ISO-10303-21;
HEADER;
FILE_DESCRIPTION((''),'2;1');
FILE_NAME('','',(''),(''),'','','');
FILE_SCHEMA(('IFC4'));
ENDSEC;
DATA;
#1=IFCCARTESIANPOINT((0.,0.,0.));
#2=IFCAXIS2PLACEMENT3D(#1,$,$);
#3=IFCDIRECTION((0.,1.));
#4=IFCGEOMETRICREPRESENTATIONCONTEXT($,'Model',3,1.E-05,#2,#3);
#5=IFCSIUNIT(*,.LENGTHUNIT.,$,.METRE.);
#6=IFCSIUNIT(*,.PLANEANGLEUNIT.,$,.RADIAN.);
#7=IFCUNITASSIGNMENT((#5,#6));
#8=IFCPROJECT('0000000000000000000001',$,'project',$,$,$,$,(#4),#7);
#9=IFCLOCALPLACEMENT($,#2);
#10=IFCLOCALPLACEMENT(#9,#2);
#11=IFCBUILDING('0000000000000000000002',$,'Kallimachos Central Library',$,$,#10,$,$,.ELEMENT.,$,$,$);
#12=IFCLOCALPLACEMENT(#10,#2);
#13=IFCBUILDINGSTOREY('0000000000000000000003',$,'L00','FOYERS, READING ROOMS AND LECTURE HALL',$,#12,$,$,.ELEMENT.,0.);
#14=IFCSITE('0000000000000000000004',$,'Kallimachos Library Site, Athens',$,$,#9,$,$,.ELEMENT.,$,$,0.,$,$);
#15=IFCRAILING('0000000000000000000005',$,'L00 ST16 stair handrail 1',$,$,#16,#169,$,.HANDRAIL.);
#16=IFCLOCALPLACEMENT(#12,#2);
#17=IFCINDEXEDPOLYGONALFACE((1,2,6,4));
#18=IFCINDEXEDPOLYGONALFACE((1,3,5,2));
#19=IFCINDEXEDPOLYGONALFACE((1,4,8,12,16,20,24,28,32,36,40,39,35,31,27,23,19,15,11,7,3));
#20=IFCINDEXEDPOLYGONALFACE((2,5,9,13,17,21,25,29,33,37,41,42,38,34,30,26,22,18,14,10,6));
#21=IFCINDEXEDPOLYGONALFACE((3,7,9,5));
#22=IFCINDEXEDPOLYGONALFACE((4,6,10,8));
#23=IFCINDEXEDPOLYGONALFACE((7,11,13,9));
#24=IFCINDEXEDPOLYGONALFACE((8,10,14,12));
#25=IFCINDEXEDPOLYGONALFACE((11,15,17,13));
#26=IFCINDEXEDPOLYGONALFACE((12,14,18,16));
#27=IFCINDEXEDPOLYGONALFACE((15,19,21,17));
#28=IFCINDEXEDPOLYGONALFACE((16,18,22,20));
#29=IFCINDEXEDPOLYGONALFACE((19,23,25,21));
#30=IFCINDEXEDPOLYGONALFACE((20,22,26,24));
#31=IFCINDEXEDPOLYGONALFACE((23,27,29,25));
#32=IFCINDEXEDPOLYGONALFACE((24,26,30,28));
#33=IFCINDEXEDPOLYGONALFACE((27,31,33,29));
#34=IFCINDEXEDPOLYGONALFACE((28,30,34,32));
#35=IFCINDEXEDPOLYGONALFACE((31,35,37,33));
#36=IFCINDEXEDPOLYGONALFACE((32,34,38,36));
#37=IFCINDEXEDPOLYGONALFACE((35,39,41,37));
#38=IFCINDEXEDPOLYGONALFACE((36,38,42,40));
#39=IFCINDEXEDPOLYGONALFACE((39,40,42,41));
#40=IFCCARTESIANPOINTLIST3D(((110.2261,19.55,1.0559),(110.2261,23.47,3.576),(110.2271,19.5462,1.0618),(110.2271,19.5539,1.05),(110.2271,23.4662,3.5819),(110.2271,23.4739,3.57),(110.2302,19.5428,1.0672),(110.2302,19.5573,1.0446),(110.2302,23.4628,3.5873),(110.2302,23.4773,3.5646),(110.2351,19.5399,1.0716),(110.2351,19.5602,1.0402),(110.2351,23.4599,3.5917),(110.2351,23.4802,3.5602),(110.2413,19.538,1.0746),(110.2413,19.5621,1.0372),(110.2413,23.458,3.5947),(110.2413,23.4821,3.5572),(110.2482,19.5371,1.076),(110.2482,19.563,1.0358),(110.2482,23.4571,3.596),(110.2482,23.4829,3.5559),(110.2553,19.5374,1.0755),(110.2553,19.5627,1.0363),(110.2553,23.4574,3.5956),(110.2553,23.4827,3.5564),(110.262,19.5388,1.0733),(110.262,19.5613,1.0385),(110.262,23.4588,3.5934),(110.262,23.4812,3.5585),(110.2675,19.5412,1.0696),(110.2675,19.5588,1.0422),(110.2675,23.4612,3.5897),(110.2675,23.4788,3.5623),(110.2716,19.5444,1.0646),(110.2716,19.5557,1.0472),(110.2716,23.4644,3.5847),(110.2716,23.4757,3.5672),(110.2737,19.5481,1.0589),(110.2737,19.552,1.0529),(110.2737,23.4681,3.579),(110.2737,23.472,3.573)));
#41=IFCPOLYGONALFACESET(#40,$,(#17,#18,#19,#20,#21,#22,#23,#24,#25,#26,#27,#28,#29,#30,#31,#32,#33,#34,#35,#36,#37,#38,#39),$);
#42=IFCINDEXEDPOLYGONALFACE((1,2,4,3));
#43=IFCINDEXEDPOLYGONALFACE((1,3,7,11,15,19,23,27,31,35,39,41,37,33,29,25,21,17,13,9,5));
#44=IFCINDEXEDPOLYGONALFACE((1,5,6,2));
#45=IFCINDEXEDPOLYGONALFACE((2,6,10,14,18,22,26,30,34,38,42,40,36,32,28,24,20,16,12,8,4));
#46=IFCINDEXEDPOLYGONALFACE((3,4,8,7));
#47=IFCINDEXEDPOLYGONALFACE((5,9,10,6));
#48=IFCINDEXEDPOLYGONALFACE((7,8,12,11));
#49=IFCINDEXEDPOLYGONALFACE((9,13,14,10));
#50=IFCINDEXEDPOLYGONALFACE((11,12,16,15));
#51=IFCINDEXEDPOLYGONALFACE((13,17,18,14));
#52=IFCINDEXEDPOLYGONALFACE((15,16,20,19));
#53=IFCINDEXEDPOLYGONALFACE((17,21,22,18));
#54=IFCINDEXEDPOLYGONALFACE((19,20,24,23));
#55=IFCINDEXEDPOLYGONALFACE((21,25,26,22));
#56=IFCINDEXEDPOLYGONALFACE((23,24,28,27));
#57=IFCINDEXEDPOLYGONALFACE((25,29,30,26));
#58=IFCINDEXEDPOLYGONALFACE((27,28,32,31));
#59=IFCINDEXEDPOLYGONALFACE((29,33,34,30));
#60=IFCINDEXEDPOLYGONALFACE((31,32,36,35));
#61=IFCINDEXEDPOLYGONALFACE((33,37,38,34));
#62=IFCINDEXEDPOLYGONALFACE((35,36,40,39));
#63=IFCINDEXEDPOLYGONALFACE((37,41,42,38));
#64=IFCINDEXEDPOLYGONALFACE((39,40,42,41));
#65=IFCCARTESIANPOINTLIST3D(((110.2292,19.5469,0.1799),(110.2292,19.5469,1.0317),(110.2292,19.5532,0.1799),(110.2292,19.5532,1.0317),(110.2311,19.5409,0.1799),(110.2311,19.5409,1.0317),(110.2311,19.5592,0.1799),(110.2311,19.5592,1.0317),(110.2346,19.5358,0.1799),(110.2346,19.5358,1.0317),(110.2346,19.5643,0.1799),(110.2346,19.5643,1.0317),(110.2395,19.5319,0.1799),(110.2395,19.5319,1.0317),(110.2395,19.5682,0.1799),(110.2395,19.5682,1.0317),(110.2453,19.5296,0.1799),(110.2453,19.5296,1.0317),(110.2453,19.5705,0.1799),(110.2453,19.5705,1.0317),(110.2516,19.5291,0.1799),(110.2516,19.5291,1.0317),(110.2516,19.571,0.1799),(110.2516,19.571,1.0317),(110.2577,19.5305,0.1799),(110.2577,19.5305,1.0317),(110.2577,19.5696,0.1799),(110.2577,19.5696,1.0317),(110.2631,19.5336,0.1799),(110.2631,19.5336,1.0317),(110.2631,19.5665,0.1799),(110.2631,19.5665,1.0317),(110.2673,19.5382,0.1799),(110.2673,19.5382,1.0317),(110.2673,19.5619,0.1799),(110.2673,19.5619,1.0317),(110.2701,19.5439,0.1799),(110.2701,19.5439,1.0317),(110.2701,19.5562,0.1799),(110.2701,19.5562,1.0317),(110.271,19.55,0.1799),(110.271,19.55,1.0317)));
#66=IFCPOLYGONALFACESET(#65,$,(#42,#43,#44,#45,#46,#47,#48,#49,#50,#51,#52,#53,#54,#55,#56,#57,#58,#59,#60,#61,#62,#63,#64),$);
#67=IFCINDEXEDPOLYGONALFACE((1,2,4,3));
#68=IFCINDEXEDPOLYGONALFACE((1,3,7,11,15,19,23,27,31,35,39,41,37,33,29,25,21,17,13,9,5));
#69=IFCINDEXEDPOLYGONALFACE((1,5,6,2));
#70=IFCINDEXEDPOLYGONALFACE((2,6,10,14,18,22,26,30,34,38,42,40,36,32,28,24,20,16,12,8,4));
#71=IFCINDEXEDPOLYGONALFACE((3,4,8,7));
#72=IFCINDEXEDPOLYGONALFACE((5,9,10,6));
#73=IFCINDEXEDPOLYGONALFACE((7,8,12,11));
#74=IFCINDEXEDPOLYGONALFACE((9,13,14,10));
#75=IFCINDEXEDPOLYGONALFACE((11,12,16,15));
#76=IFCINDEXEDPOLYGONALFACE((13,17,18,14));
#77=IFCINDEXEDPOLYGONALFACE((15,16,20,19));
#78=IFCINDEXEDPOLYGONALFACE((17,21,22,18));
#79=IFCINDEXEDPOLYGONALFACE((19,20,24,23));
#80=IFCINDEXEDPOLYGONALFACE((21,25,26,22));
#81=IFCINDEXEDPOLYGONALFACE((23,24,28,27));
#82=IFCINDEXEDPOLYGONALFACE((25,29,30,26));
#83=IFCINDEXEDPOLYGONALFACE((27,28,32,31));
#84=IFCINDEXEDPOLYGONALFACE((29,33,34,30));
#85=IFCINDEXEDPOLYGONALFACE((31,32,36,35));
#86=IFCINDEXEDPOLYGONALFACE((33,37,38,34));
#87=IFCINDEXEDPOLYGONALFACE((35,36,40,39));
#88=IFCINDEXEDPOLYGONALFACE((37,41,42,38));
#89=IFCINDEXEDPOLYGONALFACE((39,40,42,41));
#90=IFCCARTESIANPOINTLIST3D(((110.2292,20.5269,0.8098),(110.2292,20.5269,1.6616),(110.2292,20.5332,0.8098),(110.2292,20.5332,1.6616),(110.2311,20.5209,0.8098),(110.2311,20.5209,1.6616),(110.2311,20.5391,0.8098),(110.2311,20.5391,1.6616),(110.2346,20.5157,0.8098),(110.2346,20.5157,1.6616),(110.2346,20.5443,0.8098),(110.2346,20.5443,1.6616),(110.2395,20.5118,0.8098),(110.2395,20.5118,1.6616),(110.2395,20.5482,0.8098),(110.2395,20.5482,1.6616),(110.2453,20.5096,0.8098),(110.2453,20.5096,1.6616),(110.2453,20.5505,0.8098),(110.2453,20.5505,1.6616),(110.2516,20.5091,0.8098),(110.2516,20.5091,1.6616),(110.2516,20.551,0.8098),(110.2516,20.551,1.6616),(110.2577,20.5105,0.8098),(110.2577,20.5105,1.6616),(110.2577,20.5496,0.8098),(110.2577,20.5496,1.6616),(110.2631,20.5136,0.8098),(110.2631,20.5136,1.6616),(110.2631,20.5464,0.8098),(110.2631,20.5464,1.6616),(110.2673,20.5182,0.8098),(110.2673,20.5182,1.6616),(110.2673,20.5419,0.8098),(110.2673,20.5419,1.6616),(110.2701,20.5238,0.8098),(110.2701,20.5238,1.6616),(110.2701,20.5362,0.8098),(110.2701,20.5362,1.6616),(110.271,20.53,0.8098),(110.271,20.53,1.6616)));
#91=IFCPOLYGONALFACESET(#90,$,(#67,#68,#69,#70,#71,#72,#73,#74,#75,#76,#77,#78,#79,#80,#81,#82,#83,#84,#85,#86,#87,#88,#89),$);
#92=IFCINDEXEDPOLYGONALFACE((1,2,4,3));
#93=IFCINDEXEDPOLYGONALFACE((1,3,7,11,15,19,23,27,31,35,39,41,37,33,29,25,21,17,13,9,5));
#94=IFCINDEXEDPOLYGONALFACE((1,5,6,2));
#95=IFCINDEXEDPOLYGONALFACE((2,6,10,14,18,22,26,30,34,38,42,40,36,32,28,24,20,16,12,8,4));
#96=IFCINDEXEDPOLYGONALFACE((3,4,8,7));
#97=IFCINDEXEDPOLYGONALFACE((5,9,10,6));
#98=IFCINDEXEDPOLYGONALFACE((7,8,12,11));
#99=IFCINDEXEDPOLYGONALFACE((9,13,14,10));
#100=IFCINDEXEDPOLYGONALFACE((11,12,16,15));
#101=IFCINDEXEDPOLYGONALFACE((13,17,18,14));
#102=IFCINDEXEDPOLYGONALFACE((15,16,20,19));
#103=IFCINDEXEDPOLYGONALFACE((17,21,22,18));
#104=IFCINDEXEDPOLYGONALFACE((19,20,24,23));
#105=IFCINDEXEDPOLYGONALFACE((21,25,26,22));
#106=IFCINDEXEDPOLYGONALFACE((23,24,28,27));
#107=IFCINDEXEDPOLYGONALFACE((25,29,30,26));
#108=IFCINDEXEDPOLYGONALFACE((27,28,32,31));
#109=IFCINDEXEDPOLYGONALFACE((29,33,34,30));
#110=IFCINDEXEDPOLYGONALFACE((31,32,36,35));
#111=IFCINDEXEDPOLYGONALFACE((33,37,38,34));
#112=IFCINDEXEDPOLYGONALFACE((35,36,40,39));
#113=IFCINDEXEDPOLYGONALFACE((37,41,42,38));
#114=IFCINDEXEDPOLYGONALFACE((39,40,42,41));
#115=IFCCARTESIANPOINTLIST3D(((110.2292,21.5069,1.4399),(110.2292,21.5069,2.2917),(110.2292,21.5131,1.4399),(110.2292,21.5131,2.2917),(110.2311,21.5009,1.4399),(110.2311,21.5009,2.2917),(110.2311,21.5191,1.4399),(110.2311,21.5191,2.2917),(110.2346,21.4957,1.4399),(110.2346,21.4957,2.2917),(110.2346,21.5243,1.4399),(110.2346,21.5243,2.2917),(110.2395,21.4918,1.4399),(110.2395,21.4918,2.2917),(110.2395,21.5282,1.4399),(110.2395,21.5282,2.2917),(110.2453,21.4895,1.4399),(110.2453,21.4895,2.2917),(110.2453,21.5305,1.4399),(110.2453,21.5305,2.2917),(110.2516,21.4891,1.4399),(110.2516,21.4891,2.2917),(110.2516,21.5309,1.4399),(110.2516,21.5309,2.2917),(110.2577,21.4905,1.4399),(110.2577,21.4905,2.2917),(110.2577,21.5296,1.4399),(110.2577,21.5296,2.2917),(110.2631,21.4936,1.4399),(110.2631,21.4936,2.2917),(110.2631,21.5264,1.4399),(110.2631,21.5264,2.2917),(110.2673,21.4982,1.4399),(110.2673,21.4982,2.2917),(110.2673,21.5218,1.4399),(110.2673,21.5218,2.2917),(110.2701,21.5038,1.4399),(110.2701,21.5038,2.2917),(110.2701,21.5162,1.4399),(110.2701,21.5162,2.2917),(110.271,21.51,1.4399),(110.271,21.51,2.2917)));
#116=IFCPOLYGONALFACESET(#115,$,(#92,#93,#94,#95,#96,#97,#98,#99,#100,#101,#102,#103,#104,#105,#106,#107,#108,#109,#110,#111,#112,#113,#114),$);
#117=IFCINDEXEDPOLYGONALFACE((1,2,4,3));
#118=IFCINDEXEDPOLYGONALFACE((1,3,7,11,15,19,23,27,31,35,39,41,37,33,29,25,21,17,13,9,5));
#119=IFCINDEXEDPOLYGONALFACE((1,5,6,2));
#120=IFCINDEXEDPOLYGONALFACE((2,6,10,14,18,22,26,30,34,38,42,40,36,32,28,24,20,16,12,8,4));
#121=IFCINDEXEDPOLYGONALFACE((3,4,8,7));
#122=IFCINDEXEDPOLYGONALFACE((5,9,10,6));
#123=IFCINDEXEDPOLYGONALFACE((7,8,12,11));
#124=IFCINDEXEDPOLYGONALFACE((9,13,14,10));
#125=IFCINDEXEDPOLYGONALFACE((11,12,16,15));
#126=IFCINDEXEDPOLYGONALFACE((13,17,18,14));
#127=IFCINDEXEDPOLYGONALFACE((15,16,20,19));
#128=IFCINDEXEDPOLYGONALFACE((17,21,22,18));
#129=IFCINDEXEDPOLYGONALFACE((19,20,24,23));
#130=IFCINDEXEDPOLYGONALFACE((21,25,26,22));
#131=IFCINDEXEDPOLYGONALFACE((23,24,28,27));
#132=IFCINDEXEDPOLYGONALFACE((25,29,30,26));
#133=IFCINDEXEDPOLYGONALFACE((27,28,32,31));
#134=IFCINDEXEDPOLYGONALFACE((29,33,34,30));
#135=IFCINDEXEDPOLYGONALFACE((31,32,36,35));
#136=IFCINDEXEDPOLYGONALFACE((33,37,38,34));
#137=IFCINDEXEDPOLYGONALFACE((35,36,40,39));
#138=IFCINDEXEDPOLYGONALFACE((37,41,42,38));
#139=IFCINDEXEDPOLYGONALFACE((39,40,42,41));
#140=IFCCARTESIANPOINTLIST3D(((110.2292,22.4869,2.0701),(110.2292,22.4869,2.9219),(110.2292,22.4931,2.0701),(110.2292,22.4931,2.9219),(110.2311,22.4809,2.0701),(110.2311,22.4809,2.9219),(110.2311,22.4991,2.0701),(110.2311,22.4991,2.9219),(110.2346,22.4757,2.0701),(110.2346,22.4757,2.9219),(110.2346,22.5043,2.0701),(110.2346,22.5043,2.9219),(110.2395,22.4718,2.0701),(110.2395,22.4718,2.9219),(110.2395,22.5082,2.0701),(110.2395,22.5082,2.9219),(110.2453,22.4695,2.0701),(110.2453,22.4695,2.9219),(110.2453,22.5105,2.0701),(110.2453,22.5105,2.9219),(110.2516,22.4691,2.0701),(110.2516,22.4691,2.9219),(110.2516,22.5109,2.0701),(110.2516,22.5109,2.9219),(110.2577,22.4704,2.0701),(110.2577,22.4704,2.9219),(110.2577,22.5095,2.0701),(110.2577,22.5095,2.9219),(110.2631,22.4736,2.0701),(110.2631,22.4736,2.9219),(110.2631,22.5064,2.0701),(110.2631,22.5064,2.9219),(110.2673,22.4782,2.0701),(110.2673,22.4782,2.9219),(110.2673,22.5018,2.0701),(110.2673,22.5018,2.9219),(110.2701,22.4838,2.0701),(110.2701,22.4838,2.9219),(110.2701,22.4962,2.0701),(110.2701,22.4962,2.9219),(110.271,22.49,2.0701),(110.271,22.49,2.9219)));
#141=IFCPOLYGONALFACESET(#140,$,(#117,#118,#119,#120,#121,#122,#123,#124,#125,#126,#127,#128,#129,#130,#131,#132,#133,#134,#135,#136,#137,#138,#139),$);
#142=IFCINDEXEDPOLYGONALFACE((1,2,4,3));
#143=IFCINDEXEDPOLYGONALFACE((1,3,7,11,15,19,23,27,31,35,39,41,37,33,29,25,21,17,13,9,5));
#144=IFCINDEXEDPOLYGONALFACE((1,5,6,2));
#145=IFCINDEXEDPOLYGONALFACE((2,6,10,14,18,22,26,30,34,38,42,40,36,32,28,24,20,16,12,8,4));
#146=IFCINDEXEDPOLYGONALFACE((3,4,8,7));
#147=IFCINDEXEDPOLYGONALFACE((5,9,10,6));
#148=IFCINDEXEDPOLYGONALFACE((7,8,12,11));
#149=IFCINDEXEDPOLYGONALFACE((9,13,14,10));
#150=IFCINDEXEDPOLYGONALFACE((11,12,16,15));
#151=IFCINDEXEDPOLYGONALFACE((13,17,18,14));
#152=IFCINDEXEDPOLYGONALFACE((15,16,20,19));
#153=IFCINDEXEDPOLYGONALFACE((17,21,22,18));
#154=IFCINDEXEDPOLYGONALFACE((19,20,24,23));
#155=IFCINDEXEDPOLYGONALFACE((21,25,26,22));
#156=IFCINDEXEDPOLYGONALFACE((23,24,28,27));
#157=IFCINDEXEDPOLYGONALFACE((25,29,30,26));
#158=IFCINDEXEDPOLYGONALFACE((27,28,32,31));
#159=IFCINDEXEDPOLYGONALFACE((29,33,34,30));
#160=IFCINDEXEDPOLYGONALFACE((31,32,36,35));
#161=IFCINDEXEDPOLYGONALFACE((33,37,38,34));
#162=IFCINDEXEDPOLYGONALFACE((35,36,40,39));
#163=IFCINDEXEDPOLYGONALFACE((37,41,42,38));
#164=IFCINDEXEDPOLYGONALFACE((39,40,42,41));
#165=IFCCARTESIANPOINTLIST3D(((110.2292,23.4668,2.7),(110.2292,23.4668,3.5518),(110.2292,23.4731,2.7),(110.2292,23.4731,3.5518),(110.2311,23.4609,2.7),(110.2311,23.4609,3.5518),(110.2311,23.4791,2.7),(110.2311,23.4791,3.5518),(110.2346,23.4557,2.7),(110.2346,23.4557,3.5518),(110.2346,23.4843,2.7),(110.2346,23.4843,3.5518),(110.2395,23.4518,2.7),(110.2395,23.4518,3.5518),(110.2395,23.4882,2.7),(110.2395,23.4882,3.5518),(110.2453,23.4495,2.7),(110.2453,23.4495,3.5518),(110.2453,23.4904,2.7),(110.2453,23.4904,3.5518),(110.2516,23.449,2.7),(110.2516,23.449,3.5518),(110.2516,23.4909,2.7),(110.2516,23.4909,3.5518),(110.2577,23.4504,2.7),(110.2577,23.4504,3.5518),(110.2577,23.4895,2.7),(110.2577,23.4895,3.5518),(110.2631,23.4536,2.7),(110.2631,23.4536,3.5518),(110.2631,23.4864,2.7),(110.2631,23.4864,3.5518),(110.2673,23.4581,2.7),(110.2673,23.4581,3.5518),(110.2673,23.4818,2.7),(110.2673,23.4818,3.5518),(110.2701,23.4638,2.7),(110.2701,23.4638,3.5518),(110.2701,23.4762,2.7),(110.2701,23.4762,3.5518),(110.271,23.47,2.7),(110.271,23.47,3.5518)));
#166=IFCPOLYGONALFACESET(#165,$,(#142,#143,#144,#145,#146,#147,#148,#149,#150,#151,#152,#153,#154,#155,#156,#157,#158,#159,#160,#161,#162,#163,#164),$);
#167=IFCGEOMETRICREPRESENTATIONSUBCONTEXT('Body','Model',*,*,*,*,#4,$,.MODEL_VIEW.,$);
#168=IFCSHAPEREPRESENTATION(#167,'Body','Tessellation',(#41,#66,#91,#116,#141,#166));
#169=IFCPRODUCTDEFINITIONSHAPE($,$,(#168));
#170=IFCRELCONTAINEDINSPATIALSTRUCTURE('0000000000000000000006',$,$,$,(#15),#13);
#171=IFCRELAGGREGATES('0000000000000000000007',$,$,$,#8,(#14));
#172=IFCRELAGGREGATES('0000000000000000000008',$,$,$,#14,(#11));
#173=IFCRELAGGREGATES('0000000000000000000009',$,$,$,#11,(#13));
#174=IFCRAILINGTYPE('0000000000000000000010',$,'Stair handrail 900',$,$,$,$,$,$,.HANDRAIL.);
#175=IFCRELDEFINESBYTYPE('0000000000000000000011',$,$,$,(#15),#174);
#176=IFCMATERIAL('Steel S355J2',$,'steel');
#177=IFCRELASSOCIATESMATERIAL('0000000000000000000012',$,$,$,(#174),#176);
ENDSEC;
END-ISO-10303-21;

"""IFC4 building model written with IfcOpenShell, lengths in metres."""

from ifc_helpers import new_model, si_unit, direction, frame, origin, origin_2d, place, context, subcontext, project, spatial, circle, extrude, material, type_object, element, save


model = new_model("IFC4")

# Units and contexts
model_context = context("Model", 3, precision=1e-05, world=origin(), true_north=direction((0.0, 1.0)))
body_context = subcontext(model_context, "Body", "Model", "MODEL_VIEW")
ifc_project = project(units=[si_unit("LENGTHUNIT", "METRE"), si_unit("PLANEANGLEUNIT", "RADIAN")], contexts=[model_context])

# Site, building, storey
site_placement = place(None, origin())
site = spatial("IfcSite", under=ifc_project, at=site_placement, Name="Kallimachos Library Site, Athens", CompositionType="ELEMENT", RefElevation=0.0)
building_placement = place(site_placement, origin())
building = spatial("IfcBuilding", under=site, at=building_placement, Name="Kallimachos Central Library", CompositionType="ELEMENT")
storey_placement = place(building_placement, origin())
storey = spatial("IfcBuildingStorey", under=building, at=storey_placement, Name="L00", Description="FOYERS, READING ROOMS AND LECTURE HALL", CompositionType="ELEMENT", Elevation=0.0)

# Railing
ifc_material_1 = material(Name="Steel S355J2", Category="steel")
railing_type_1 = type_object("IfcRailingType", Name="Stair handrail 900", PredefinedType="HANDRAIL", material=ifc_material_1)
railing_1_placement = place(storey_placement, frame((110.25, 19.55, 0.1799)))
element("IfcRailing", 1, at=railing_1_placement, inside=storey, type_object=railing_type_1, Name="L00 ST16 stair handrail 1", PredefinedType="HANDRAIL", context=body_context, shape_type="SweptSolid", body=[
    extrude(circle(Radius=0.0239, at=origin_2d()), frame((0.0, 0.0, 0.876), z_axis=(0.0, 0.841172, 0.540768), x_axis=(-1.0, 0.0, 0.0)), (0.0, 0.0, 1.0), 4.6602),
    extrude(circle(Radius=0.021, at=origin_2d()), origin(), (0.0, 0.0, 1.0), 0.8518),
    extrude(circle(Radius=0.021, at=origin_2d()), frame((0.0, 0.98, 0.6299)), (0.0, 0.0, 1.0), 0.8518),
    extrude(circle(Radius=0.021, at=origin_2d()), frame((0.0, 1.96, 1.26)), (0.0, 0.0, 1.0), 0.8518),
    extrude(circle(Radius=0.021, at=origin_2d()), frame((0.0, 2.9399, 1.8901)), (0.0, 0.0, 1.0), 0.8518),
    extrude(circle(Radius=0.021, at=origin_2d()), frame((0.0, 3.9199, 2.52)), (0.0, 0.0, 1.0), 0.8518),
])

save(model, "model.ifc")
